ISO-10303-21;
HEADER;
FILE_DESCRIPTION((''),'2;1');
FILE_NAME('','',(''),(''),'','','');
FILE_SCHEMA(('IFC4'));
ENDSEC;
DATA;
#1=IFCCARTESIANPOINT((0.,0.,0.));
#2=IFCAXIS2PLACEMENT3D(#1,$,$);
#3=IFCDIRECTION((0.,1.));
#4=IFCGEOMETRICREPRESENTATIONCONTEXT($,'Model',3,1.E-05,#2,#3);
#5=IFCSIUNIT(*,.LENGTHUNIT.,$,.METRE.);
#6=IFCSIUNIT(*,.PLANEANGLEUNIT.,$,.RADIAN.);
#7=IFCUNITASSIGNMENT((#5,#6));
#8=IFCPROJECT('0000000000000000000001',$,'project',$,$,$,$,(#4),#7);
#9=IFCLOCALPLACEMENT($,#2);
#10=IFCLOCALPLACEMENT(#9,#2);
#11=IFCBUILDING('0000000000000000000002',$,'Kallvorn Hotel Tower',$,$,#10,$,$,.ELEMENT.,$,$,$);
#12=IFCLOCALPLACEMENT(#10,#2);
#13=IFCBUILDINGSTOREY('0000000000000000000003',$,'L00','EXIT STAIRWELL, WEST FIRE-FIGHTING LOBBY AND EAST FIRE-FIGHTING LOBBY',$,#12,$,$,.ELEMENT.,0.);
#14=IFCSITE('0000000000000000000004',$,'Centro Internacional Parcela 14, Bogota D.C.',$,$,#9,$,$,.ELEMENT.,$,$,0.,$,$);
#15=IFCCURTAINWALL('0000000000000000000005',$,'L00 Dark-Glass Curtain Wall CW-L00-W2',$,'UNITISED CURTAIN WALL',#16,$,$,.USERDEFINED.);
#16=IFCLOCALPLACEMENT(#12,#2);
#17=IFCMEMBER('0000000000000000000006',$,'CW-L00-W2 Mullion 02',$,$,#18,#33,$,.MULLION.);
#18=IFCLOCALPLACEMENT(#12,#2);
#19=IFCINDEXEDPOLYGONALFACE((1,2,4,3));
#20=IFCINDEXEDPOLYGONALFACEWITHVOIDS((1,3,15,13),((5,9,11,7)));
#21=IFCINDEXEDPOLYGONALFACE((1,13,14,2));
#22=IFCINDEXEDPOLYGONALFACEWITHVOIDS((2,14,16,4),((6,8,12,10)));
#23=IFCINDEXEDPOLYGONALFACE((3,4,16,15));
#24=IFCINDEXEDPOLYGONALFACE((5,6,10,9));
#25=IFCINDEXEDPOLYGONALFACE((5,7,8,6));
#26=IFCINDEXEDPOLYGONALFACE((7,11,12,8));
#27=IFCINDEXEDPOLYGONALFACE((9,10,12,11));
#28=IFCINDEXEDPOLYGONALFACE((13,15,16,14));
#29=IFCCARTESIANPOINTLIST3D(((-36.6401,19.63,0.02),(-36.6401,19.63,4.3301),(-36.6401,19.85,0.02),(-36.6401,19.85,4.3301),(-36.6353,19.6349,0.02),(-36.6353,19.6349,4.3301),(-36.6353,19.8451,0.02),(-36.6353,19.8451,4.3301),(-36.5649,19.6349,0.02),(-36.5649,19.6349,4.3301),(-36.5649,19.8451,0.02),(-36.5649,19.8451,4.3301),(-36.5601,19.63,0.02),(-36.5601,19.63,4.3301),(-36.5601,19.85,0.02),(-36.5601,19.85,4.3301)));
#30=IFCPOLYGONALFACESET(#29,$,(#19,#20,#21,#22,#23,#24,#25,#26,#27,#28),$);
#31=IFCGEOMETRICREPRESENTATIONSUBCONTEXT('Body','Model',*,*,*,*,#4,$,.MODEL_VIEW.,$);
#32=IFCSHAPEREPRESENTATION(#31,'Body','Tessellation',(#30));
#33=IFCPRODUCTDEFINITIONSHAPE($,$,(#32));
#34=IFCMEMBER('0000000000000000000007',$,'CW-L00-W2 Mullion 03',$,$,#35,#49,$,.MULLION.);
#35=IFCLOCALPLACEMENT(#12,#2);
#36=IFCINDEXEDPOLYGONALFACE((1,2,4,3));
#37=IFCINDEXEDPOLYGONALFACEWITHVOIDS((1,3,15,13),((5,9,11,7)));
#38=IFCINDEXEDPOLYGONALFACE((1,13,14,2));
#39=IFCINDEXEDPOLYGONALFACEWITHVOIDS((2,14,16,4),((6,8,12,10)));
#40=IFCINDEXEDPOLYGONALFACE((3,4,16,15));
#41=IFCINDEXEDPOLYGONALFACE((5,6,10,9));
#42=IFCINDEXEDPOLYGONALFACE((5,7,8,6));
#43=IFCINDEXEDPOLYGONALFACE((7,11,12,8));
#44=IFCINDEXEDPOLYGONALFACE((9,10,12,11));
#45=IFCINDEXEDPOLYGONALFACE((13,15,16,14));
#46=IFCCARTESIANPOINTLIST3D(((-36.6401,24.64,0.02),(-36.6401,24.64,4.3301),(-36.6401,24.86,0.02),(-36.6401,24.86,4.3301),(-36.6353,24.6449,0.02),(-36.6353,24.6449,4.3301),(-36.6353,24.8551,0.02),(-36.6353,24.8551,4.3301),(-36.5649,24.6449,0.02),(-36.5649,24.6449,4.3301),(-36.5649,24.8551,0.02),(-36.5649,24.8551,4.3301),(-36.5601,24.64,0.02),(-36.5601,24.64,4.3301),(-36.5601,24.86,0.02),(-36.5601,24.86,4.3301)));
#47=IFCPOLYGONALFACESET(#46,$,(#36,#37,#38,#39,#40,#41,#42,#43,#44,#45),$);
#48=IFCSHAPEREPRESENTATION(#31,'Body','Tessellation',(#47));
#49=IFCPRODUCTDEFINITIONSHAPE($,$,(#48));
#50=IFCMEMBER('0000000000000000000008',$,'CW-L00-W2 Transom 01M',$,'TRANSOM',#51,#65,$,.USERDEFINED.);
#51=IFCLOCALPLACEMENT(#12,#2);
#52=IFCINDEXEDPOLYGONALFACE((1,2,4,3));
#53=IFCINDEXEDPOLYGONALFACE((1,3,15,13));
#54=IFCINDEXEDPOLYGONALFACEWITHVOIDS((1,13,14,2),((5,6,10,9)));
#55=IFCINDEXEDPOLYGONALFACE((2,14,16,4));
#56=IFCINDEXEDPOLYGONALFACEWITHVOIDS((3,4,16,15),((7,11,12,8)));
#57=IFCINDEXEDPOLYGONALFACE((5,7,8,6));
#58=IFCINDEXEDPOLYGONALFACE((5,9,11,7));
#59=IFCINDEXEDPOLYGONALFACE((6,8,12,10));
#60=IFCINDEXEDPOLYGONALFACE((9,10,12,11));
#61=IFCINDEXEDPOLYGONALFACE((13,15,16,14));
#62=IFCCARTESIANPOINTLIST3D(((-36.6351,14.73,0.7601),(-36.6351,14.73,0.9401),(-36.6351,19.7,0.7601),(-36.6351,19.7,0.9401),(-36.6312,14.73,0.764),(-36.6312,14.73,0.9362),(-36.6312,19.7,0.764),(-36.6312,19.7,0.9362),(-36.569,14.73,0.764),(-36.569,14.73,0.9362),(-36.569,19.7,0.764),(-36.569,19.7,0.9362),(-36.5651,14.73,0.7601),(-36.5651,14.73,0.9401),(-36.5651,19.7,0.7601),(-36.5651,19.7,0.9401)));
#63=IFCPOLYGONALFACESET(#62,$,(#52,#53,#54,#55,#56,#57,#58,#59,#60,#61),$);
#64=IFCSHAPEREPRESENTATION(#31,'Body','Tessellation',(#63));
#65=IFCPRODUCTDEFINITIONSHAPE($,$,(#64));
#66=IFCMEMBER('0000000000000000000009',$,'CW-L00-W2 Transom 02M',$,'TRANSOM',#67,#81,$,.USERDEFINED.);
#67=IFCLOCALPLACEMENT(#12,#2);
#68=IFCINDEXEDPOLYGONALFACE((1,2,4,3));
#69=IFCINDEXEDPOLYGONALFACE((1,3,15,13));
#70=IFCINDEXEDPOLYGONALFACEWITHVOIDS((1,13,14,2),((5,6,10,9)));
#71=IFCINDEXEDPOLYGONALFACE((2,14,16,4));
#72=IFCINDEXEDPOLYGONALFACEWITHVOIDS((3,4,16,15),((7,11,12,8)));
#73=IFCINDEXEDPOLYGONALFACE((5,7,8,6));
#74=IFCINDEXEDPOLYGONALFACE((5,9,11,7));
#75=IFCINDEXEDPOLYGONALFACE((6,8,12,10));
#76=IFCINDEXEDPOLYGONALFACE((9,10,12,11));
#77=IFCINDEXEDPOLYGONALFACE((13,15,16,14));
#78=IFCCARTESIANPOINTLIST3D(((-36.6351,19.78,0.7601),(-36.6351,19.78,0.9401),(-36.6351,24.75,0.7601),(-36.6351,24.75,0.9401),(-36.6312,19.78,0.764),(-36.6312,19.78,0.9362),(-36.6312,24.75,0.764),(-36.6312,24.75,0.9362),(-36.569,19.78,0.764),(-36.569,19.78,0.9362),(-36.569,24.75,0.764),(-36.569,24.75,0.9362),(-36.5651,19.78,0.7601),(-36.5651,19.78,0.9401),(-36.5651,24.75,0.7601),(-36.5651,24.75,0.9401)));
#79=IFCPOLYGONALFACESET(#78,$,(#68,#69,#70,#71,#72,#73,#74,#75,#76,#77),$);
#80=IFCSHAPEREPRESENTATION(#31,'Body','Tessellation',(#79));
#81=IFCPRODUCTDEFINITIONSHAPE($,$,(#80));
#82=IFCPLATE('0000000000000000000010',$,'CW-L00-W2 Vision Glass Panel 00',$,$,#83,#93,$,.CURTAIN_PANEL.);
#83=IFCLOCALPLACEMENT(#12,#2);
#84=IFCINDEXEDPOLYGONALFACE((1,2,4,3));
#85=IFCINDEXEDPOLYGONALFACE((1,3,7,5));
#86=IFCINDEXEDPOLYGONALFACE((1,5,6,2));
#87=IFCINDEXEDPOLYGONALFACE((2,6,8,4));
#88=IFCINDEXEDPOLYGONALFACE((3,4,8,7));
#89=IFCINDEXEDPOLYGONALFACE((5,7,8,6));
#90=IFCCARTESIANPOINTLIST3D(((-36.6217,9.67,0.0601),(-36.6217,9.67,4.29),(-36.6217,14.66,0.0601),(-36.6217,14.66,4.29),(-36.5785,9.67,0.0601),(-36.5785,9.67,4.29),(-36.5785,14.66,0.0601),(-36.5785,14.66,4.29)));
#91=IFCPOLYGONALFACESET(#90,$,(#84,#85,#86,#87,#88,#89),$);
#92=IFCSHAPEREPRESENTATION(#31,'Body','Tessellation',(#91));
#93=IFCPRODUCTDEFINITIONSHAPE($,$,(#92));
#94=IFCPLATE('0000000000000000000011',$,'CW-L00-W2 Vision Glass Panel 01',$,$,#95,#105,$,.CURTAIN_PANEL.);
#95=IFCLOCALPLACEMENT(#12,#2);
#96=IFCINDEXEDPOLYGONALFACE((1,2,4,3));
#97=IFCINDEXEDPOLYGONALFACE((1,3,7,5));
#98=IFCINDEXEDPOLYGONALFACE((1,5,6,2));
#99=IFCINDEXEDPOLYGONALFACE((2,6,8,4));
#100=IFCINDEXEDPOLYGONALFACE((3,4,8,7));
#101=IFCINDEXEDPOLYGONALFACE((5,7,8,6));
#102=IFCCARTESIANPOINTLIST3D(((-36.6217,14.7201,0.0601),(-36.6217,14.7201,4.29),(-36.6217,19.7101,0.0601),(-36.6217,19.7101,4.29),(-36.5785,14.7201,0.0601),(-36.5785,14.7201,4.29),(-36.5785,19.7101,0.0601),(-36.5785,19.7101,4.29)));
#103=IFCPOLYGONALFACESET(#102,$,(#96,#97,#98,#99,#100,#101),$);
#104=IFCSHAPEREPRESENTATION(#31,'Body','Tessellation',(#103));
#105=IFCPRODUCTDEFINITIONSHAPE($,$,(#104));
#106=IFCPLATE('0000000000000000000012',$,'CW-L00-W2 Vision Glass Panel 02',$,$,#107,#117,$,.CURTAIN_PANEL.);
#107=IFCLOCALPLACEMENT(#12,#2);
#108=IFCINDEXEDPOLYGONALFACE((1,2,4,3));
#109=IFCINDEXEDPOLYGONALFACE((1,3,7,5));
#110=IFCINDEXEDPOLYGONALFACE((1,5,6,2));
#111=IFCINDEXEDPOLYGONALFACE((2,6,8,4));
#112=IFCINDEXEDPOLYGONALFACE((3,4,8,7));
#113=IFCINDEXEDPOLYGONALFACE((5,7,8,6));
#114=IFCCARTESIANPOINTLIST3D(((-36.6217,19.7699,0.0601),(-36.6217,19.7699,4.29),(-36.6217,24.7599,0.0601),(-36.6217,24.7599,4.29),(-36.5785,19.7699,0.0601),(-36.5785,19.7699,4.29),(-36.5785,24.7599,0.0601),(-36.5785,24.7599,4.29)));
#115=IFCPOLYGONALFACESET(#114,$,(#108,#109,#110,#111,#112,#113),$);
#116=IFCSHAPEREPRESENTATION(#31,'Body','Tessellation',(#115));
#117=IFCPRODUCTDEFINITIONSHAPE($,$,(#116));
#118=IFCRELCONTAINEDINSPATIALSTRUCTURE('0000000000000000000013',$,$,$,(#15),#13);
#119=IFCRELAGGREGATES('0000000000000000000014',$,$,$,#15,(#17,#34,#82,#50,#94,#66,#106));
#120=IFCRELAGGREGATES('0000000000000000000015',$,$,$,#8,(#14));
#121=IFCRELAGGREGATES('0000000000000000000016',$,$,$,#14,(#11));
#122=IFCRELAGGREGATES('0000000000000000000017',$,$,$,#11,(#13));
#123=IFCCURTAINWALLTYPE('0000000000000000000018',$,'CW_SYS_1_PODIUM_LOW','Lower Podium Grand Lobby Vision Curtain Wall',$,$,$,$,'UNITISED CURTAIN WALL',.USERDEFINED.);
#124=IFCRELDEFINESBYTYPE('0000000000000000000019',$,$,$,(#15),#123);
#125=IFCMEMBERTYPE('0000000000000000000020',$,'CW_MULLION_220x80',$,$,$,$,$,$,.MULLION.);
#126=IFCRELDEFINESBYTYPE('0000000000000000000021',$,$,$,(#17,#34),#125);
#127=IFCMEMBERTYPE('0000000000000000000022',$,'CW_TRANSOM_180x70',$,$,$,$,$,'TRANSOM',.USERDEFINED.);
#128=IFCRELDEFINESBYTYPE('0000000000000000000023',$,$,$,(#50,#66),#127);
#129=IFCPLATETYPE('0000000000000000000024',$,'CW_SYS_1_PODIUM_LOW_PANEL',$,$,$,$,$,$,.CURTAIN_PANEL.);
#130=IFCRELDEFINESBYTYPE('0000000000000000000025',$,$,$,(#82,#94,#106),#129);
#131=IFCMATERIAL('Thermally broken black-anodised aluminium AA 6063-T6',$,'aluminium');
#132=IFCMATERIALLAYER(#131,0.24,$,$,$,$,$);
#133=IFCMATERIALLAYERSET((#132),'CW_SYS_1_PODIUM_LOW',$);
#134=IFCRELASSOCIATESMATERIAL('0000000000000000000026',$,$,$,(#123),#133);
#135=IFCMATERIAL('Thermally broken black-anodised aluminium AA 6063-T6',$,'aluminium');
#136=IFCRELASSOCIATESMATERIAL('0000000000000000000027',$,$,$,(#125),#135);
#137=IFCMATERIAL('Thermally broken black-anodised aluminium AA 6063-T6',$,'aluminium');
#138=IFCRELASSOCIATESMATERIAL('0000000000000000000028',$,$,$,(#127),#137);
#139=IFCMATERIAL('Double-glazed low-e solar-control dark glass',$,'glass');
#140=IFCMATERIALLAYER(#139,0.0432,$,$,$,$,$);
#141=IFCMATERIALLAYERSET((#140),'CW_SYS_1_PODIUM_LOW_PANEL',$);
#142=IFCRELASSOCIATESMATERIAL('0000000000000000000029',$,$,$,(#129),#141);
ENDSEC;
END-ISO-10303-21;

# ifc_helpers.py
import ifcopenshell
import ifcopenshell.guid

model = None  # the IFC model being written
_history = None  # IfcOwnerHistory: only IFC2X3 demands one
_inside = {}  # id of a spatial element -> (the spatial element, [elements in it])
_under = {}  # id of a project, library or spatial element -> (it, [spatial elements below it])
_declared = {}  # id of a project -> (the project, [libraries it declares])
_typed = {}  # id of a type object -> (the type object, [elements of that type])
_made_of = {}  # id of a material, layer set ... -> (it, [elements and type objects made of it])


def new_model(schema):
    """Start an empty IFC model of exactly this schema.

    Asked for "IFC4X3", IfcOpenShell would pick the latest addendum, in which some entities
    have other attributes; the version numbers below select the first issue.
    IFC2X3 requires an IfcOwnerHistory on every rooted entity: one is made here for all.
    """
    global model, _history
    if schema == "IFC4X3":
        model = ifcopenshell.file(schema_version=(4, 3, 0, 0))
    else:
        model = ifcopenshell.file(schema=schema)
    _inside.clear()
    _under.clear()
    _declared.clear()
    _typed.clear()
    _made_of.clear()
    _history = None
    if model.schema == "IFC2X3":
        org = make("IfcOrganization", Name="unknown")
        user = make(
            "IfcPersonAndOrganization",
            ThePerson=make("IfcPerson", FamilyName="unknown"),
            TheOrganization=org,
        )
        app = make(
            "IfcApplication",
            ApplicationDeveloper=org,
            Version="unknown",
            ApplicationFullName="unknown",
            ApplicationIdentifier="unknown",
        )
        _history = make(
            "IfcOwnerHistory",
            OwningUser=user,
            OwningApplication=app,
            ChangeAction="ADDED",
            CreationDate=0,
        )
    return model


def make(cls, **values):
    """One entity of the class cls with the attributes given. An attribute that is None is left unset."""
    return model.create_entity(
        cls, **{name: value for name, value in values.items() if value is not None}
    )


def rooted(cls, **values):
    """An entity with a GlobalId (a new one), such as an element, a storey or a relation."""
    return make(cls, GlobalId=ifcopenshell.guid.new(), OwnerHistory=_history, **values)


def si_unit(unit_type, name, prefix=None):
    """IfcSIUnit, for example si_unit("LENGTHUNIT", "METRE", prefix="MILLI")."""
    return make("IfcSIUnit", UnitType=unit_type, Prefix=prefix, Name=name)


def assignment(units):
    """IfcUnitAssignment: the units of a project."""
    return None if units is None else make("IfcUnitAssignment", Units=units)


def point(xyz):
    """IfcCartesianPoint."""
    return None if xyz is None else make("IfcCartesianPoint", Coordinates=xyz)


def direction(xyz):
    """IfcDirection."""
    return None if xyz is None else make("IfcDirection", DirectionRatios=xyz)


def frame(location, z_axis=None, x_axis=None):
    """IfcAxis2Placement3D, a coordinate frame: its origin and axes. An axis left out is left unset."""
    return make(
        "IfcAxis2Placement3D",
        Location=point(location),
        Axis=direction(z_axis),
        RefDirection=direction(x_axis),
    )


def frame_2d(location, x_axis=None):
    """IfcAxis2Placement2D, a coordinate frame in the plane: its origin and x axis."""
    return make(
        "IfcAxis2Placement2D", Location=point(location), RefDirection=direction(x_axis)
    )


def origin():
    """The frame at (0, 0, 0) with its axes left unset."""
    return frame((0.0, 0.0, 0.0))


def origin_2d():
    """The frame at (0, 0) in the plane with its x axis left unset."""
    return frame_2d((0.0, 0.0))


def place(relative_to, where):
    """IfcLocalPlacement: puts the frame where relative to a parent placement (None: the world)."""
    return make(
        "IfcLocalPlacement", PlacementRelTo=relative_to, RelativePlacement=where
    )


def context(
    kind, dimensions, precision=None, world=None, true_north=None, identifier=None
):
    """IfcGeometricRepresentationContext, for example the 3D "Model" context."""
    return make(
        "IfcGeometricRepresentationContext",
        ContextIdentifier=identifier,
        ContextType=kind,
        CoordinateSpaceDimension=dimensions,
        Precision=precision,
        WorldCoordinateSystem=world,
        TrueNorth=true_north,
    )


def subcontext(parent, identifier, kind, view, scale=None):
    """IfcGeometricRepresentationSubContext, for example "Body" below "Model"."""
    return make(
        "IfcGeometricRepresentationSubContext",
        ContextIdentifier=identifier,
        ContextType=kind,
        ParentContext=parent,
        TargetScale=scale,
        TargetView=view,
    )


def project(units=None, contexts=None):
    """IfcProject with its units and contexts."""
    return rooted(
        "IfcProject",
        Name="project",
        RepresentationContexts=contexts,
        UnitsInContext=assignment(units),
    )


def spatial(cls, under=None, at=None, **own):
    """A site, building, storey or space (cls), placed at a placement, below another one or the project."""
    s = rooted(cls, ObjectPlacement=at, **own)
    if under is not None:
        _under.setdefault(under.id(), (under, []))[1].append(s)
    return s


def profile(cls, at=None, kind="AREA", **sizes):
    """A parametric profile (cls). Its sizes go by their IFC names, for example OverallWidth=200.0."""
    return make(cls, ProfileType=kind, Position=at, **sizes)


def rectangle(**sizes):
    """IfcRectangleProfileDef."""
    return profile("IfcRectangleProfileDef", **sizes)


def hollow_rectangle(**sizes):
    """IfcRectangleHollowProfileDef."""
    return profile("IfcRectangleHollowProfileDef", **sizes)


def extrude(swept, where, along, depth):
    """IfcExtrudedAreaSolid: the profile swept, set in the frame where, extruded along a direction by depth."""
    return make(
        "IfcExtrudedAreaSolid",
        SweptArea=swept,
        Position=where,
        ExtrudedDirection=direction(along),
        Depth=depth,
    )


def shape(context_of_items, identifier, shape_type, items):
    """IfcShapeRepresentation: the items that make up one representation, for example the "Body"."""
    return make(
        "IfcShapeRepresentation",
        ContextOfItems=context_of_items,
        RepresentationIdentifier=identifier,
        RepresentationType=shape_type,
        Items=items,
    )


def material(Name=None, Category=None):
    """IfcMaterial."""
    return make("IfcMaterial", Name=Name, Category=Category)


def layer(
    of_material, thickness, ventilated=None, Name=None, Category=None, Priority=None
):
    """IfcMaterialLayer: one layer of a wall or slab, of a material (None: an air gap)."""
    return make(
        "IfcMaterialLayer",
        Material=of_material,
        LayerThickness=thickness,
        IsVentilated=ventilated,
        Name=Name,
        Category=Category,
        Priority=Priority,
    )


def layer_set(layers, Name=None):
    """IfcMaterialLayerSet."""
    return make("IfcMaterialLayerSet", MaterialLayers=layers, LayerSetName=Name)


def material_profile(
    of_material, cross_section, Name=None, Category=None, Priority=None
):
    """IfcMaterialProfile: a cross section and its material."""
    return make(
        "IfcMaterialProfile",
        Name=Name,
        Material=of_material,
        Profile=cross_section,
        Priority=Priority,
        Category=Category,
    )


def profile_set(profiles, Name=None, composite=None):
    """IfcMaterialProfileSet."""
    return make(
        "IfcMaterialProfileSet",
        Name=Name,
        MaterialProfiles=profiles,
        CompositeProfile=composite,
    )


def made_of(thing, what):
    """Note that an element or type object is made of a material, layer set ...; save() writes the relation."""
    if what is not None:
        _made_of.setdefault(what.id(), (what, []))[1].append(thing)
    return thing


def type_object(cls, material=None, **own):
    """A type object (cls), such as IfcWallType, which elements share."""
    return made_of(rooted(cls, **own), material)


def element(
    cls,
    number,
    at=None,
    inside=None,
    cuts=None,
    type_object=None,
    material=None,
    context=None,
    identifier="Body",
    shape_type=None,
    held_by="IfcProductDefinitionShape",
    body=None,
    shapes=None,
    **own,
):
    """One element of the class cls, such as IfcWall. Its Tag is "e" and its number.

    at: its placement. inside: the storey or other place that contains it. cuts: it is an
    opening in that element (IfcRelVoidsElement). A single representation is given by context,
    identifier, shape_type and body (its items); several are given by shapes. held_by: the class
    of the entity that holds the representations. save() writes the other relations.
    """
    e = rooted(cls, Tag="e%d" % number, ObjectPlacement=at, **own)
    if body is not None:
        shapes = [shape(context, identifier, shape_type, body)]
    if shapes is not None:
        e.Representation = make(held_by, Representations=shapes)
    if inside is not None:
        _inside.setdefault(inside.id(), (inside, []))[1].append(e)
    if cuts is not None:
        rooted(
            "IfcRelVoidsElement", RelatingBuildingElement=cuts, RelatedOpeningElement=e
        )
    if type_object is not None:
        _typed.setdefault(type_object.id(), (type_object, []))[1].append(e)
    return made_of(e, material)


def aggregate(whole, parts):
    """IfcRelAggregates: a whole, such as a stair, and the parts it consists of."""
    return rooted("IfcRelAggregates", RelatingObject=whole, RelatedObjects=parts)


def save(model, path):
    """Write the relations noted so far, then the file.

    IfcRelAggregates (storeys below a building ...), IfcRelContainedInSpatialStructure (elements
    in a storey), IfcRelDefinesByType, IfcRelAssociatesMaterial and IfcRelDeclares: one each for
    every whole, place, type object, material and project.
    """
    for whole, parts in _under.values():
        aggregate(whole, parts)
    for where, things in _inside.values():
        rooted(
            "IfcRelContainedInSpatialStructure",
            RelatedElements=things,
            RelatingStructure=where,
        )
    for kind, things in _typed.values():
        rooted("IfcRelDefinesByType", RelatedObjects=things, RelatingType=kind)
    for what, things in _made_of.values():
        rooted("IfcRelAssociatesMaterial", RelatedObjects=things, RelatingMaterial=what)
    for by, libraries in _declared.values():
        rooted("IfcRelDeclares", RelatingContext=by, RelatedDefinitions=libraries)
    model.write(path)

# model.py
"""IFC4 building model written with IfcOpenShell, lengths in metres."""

from ifc_helpers import new_model, si_unit, direction, frame, origin, origin_2d, place, context, subcontext, project, spatial, rectangle, hollow_rectangle, extrude, material, layer, layer_set, material_profile, profile_set, type_object, element, aggregate, save


model = new_model("IFC4")

# Units and contexts
model_context = context("Model", 3, precision=1e-05, world=origin(), true_north=direction((0.0, 1.0)))
body_context = subcontext(model_context, "Body", "Model", "MODEL_VIEW")
ifc_project = project(units=[si_unit("LENGTHUNIT", "METRE"), si_unit("PLANEANGLEUNIT", "RADIAN")], contexts=[model_context])

# Site, building, storey
site_placement = place(None, origin())
site = spatial("IfcSite", under=ifc_project, at=site_placement, Name="Centro Internacional Parcela 14, Bogota D.C.", CompositionType="ELEMENT", RefElevation=0.0)
building_placement = place(site_placement, origin())
building = spatial("IfcBuilding", under=site, at=building_placement, Name="Kallvorn Hotel Tower", CompositionType="ELEMENT")
storey_placement = place(building_placement, origin())
storey = spatial("IfcBuildingStorey", under=building, at=storey_placement, Name="L00", Description="EXIT STAIRWELL, WEST FIRE-FIGHTING LOBBY AND EAST FIRE-FIGHTING LOBBY", CompositionType="ELEMENT", Elevation=0.0)

# Curtain wall, members, plates
ifc_material_1 = material(Name="Thermally broken black-anodised aluminium AA 6063-T6", Category="aluminium")
ifc_layer_1 = layer(ifc_material_1, 0.24)
ifc_layer_set_1 = layer_set([ifc_layer_1], Name="CW_SYS_1_PODIUM_LOW")
curtain_wall_type = type_object("IfcCurtainWallType", Name="CW_SYS_1_PODIUM_LOW", Description="Lower Podium Grand Lobby Vision Curtain Wall", ElementType="UNITISED CURTAIN WALL", PredefinedType="USERDEFINED", material=ifc_layer_set_1)
curtain_wall_placement = place(storey_placement, origin())
curtain_wall = element("IfcCurtainWall", 1, at=curtain_wall_placement, inside=storey, type_object=curtain_wall_type, Name="L00 Dark-Glass Curtain Wall CW-L00-W2", ObjectType="UNITISED CURTAIN WALL", PredefinedType="USERDEFINED")
ifc_material_2 = material(Name="Thermally broken black-anodised aluminium AA 6063-T6", Category="aluminium")
ifc_material_profile_1 = material_profile(ifc_material_2, hollow_rectangle(XDim=0.0801, YDim=0.22, WallThickness=0.0049, at=origin_2d()), Name="MUL 220x80")
ifc_profile_set_1 = profile_set([ifc_material_profile_1], Name="Thermally broken black-anodised aluminium AA 6063-T6")
member_type_1 = type_object("IfcMemberType", Name="CW_MULLION_220x80", PredefinedType="MULLION", material=ifc_profile_set_1)
member_1_placement = place(storey_placement, frame((-36.6001, 19.74, 0.02), z_axis=(0.0, 0.0, 1.0), x_axis=(1.0, 0.0, 0.0)))
member_1 = element("IfcMember", 2, at=member_1_placement, type_object=member_type_1, Name="CW-L00-W2 Mullion 02", PredefinedType="MULLION", context=body_context, shape_type="SweptSolid", body=[
    extrude(hollow_rectangle(XDim=0.0801, YDim=0.22, WallThickness=0.0049, at=origin_2d()), origin(), (0.0, 0.0, 1.0), 4.3101),
])
member_2_placement = place(storey_placement, frame((-36.6001, 24.75, 0.02), z_axis=(0.0, 0.0, 1.0), x_axis=(1.0, 0.0, 0.0)))
member_2 = element("IfcMember", 3, at=member_2_placement, type_object=member_type_1, Name="CW-L00-W2 Mullion 03", PredefinedType="MULLION", context=body_context, shape_type="SweptSolid", body=[
    extrude(hollow_rectangle(XDim=0.0801, YDim=0.22, WallThickness=0.0049, at=origin_2d()), origin(), (0.0, 0.0, 1.0), 4.3101),
])
ifc_material_3 = material(Name="Thermally broken black-anodised aluminium AA 6063-T6", Category="aluminium")
ifc_material_profile_2 = material_profile(ifc_material_3, hollow_rectangle(XDim=0.0701, YDim=0.1799, WallThickness=0.0039, at=origin_2d()), Name="TRN 180x70")
ifc_profile_set_2 = profile_set([ifc_material_profile_2], Name="Thermally broken black-anodised aluminium AA 6063-T6")
member_type_2 = type_object("IfcMemberType", Name="CW_TRANSOM_180x70", ElementType="TRANSOM", PredefinedType="USERDEFINED", material=ifc_profile_set_2)
member_3_placement = place(storey_placement, frame((-36.6001, 14.73, 0.8501), z_axis=(0.0, 1.0, 0.0), x_axis=(-1.0, 0.0, 0.0)))
member_3 = element("IfcMember", 4, at=member_3_placement, type_object=member_type_2, Name="CW-L00-W2 Transom 01M", ObjectType="TRANSOM", PredefinedType="USERDEFINED", context=body_context, shape_type="SweptSolid", body=[
    extrude(hollow_rectangle(XDim=0.0701, YDim=0.1799, WallThickness=0.0039, at=origin_2d()), origin(), (0.0, 0.0, 1.0), 4.97),
])
member_4_placement = place(storey_placement, frame((-36.6001, 19.78, 0.8501), z_axis=(0.0, 1.0, 0.0), x_axis=(-1.0, 0.0, 0.0)))
member_4 = element("IfcMember", 5, at=member_4_placement, type_object=member_type_2, Name="CW-L00-W2 Transom 02M", ObjectType="TRANSOM", PredefinedType="USERDEFINED", context=body_context, shape_type="SweptSolid", body=[
    extrude(hollow_rectangle(XDim=0.0701, YDim=0.1799, WallThickness=0.0039, at=origin_2d()), origin(), (0.0, 0.0, 1.0), 4.97),
])
ifc_material_4 = material(Name="Double-glazed low-e solar-control dark glass", Category="glass")
ifc_layer_2 = layer(ifc_material_4, 0.0432)
ifc_layer_set_2 = layer_set([ifc_layer_2], Name="CW_SYS_1_PODIUM_LOW_PANEL")
plate_type = type_object("IfcPlateType", Name="CW_SYS_1_PODIUM_LOW_PANEL", PredefinedType="CURTAIN_PANEL", material=ifc_layer_set_2)
plate_1_placement = place(storey_placement, frame((-36.6001, 12.165, 0.0601), z_axis=(0.0, 0.0, 1.0), x_axis=(0.0, 1.0, 0.0)))
plate_1 = element("IfcPlate", 6, at=plate_1_placement, type_object=plate_type, Name="CW-L00-W2 Vision Glass Panel 00", PredefinedType="CURTAIN_PANEL", context=body_context, shape_type="SweptSolid", body=[
    extrude(rectangle(XDim=4.99, YDim=0.0432, at=origin_2d()), origin(), (0.0, 0.0, 1.0), 4.23),
])
plate_2_placement = place(storey_placement, frame((-36.6001, 17.2151, 0.0601), z_axis=(0.0, 0.0, 1.0), x_axis=(0.0, 1.0, 0.0)))
plate_2 = element("IfcPlate", 7, at=plate_2_placement, type_object=plate_type, Name="CW-L00-W2 Vision Glass Panel 01", PredefinedType="CURTAIN_PANEL", context=body_context, shape_type="SweptSolid", body=[
    extrude(rectangle(XDim=4.99, YDim=0.0432, at=origin_2d()), origin(), (0.0, 0.0, 1.0), 4.23),
])
plate_3_placement = place(storey_placement, frame((-36.6001, 22.2649, 0.0601), z_axis=(0.0, 0.0, 1.0), x_axis=(0.0, 1.0, 0.0)))
plate_3 = element("IfcPlate", 8, at=plate_3_placement, type_object=plate_type, Name="CW-L00-W2 Vision Glass Panel 02", PredefinedType="CURTAIN_PANEL", context=body_context, shape_type="SweptSolid", body=[
    extrude(rectangle(XDim=4.99, YDim=0.0432, at=origin_2d()), origin(), (0.0, 0.0, 1.0), 4.23),
])
aggregate(curtain_wall, [member_1, member_2, plate_1, member_3, plate_2, member_4, plate_3])

save(model, "model.ifc")
